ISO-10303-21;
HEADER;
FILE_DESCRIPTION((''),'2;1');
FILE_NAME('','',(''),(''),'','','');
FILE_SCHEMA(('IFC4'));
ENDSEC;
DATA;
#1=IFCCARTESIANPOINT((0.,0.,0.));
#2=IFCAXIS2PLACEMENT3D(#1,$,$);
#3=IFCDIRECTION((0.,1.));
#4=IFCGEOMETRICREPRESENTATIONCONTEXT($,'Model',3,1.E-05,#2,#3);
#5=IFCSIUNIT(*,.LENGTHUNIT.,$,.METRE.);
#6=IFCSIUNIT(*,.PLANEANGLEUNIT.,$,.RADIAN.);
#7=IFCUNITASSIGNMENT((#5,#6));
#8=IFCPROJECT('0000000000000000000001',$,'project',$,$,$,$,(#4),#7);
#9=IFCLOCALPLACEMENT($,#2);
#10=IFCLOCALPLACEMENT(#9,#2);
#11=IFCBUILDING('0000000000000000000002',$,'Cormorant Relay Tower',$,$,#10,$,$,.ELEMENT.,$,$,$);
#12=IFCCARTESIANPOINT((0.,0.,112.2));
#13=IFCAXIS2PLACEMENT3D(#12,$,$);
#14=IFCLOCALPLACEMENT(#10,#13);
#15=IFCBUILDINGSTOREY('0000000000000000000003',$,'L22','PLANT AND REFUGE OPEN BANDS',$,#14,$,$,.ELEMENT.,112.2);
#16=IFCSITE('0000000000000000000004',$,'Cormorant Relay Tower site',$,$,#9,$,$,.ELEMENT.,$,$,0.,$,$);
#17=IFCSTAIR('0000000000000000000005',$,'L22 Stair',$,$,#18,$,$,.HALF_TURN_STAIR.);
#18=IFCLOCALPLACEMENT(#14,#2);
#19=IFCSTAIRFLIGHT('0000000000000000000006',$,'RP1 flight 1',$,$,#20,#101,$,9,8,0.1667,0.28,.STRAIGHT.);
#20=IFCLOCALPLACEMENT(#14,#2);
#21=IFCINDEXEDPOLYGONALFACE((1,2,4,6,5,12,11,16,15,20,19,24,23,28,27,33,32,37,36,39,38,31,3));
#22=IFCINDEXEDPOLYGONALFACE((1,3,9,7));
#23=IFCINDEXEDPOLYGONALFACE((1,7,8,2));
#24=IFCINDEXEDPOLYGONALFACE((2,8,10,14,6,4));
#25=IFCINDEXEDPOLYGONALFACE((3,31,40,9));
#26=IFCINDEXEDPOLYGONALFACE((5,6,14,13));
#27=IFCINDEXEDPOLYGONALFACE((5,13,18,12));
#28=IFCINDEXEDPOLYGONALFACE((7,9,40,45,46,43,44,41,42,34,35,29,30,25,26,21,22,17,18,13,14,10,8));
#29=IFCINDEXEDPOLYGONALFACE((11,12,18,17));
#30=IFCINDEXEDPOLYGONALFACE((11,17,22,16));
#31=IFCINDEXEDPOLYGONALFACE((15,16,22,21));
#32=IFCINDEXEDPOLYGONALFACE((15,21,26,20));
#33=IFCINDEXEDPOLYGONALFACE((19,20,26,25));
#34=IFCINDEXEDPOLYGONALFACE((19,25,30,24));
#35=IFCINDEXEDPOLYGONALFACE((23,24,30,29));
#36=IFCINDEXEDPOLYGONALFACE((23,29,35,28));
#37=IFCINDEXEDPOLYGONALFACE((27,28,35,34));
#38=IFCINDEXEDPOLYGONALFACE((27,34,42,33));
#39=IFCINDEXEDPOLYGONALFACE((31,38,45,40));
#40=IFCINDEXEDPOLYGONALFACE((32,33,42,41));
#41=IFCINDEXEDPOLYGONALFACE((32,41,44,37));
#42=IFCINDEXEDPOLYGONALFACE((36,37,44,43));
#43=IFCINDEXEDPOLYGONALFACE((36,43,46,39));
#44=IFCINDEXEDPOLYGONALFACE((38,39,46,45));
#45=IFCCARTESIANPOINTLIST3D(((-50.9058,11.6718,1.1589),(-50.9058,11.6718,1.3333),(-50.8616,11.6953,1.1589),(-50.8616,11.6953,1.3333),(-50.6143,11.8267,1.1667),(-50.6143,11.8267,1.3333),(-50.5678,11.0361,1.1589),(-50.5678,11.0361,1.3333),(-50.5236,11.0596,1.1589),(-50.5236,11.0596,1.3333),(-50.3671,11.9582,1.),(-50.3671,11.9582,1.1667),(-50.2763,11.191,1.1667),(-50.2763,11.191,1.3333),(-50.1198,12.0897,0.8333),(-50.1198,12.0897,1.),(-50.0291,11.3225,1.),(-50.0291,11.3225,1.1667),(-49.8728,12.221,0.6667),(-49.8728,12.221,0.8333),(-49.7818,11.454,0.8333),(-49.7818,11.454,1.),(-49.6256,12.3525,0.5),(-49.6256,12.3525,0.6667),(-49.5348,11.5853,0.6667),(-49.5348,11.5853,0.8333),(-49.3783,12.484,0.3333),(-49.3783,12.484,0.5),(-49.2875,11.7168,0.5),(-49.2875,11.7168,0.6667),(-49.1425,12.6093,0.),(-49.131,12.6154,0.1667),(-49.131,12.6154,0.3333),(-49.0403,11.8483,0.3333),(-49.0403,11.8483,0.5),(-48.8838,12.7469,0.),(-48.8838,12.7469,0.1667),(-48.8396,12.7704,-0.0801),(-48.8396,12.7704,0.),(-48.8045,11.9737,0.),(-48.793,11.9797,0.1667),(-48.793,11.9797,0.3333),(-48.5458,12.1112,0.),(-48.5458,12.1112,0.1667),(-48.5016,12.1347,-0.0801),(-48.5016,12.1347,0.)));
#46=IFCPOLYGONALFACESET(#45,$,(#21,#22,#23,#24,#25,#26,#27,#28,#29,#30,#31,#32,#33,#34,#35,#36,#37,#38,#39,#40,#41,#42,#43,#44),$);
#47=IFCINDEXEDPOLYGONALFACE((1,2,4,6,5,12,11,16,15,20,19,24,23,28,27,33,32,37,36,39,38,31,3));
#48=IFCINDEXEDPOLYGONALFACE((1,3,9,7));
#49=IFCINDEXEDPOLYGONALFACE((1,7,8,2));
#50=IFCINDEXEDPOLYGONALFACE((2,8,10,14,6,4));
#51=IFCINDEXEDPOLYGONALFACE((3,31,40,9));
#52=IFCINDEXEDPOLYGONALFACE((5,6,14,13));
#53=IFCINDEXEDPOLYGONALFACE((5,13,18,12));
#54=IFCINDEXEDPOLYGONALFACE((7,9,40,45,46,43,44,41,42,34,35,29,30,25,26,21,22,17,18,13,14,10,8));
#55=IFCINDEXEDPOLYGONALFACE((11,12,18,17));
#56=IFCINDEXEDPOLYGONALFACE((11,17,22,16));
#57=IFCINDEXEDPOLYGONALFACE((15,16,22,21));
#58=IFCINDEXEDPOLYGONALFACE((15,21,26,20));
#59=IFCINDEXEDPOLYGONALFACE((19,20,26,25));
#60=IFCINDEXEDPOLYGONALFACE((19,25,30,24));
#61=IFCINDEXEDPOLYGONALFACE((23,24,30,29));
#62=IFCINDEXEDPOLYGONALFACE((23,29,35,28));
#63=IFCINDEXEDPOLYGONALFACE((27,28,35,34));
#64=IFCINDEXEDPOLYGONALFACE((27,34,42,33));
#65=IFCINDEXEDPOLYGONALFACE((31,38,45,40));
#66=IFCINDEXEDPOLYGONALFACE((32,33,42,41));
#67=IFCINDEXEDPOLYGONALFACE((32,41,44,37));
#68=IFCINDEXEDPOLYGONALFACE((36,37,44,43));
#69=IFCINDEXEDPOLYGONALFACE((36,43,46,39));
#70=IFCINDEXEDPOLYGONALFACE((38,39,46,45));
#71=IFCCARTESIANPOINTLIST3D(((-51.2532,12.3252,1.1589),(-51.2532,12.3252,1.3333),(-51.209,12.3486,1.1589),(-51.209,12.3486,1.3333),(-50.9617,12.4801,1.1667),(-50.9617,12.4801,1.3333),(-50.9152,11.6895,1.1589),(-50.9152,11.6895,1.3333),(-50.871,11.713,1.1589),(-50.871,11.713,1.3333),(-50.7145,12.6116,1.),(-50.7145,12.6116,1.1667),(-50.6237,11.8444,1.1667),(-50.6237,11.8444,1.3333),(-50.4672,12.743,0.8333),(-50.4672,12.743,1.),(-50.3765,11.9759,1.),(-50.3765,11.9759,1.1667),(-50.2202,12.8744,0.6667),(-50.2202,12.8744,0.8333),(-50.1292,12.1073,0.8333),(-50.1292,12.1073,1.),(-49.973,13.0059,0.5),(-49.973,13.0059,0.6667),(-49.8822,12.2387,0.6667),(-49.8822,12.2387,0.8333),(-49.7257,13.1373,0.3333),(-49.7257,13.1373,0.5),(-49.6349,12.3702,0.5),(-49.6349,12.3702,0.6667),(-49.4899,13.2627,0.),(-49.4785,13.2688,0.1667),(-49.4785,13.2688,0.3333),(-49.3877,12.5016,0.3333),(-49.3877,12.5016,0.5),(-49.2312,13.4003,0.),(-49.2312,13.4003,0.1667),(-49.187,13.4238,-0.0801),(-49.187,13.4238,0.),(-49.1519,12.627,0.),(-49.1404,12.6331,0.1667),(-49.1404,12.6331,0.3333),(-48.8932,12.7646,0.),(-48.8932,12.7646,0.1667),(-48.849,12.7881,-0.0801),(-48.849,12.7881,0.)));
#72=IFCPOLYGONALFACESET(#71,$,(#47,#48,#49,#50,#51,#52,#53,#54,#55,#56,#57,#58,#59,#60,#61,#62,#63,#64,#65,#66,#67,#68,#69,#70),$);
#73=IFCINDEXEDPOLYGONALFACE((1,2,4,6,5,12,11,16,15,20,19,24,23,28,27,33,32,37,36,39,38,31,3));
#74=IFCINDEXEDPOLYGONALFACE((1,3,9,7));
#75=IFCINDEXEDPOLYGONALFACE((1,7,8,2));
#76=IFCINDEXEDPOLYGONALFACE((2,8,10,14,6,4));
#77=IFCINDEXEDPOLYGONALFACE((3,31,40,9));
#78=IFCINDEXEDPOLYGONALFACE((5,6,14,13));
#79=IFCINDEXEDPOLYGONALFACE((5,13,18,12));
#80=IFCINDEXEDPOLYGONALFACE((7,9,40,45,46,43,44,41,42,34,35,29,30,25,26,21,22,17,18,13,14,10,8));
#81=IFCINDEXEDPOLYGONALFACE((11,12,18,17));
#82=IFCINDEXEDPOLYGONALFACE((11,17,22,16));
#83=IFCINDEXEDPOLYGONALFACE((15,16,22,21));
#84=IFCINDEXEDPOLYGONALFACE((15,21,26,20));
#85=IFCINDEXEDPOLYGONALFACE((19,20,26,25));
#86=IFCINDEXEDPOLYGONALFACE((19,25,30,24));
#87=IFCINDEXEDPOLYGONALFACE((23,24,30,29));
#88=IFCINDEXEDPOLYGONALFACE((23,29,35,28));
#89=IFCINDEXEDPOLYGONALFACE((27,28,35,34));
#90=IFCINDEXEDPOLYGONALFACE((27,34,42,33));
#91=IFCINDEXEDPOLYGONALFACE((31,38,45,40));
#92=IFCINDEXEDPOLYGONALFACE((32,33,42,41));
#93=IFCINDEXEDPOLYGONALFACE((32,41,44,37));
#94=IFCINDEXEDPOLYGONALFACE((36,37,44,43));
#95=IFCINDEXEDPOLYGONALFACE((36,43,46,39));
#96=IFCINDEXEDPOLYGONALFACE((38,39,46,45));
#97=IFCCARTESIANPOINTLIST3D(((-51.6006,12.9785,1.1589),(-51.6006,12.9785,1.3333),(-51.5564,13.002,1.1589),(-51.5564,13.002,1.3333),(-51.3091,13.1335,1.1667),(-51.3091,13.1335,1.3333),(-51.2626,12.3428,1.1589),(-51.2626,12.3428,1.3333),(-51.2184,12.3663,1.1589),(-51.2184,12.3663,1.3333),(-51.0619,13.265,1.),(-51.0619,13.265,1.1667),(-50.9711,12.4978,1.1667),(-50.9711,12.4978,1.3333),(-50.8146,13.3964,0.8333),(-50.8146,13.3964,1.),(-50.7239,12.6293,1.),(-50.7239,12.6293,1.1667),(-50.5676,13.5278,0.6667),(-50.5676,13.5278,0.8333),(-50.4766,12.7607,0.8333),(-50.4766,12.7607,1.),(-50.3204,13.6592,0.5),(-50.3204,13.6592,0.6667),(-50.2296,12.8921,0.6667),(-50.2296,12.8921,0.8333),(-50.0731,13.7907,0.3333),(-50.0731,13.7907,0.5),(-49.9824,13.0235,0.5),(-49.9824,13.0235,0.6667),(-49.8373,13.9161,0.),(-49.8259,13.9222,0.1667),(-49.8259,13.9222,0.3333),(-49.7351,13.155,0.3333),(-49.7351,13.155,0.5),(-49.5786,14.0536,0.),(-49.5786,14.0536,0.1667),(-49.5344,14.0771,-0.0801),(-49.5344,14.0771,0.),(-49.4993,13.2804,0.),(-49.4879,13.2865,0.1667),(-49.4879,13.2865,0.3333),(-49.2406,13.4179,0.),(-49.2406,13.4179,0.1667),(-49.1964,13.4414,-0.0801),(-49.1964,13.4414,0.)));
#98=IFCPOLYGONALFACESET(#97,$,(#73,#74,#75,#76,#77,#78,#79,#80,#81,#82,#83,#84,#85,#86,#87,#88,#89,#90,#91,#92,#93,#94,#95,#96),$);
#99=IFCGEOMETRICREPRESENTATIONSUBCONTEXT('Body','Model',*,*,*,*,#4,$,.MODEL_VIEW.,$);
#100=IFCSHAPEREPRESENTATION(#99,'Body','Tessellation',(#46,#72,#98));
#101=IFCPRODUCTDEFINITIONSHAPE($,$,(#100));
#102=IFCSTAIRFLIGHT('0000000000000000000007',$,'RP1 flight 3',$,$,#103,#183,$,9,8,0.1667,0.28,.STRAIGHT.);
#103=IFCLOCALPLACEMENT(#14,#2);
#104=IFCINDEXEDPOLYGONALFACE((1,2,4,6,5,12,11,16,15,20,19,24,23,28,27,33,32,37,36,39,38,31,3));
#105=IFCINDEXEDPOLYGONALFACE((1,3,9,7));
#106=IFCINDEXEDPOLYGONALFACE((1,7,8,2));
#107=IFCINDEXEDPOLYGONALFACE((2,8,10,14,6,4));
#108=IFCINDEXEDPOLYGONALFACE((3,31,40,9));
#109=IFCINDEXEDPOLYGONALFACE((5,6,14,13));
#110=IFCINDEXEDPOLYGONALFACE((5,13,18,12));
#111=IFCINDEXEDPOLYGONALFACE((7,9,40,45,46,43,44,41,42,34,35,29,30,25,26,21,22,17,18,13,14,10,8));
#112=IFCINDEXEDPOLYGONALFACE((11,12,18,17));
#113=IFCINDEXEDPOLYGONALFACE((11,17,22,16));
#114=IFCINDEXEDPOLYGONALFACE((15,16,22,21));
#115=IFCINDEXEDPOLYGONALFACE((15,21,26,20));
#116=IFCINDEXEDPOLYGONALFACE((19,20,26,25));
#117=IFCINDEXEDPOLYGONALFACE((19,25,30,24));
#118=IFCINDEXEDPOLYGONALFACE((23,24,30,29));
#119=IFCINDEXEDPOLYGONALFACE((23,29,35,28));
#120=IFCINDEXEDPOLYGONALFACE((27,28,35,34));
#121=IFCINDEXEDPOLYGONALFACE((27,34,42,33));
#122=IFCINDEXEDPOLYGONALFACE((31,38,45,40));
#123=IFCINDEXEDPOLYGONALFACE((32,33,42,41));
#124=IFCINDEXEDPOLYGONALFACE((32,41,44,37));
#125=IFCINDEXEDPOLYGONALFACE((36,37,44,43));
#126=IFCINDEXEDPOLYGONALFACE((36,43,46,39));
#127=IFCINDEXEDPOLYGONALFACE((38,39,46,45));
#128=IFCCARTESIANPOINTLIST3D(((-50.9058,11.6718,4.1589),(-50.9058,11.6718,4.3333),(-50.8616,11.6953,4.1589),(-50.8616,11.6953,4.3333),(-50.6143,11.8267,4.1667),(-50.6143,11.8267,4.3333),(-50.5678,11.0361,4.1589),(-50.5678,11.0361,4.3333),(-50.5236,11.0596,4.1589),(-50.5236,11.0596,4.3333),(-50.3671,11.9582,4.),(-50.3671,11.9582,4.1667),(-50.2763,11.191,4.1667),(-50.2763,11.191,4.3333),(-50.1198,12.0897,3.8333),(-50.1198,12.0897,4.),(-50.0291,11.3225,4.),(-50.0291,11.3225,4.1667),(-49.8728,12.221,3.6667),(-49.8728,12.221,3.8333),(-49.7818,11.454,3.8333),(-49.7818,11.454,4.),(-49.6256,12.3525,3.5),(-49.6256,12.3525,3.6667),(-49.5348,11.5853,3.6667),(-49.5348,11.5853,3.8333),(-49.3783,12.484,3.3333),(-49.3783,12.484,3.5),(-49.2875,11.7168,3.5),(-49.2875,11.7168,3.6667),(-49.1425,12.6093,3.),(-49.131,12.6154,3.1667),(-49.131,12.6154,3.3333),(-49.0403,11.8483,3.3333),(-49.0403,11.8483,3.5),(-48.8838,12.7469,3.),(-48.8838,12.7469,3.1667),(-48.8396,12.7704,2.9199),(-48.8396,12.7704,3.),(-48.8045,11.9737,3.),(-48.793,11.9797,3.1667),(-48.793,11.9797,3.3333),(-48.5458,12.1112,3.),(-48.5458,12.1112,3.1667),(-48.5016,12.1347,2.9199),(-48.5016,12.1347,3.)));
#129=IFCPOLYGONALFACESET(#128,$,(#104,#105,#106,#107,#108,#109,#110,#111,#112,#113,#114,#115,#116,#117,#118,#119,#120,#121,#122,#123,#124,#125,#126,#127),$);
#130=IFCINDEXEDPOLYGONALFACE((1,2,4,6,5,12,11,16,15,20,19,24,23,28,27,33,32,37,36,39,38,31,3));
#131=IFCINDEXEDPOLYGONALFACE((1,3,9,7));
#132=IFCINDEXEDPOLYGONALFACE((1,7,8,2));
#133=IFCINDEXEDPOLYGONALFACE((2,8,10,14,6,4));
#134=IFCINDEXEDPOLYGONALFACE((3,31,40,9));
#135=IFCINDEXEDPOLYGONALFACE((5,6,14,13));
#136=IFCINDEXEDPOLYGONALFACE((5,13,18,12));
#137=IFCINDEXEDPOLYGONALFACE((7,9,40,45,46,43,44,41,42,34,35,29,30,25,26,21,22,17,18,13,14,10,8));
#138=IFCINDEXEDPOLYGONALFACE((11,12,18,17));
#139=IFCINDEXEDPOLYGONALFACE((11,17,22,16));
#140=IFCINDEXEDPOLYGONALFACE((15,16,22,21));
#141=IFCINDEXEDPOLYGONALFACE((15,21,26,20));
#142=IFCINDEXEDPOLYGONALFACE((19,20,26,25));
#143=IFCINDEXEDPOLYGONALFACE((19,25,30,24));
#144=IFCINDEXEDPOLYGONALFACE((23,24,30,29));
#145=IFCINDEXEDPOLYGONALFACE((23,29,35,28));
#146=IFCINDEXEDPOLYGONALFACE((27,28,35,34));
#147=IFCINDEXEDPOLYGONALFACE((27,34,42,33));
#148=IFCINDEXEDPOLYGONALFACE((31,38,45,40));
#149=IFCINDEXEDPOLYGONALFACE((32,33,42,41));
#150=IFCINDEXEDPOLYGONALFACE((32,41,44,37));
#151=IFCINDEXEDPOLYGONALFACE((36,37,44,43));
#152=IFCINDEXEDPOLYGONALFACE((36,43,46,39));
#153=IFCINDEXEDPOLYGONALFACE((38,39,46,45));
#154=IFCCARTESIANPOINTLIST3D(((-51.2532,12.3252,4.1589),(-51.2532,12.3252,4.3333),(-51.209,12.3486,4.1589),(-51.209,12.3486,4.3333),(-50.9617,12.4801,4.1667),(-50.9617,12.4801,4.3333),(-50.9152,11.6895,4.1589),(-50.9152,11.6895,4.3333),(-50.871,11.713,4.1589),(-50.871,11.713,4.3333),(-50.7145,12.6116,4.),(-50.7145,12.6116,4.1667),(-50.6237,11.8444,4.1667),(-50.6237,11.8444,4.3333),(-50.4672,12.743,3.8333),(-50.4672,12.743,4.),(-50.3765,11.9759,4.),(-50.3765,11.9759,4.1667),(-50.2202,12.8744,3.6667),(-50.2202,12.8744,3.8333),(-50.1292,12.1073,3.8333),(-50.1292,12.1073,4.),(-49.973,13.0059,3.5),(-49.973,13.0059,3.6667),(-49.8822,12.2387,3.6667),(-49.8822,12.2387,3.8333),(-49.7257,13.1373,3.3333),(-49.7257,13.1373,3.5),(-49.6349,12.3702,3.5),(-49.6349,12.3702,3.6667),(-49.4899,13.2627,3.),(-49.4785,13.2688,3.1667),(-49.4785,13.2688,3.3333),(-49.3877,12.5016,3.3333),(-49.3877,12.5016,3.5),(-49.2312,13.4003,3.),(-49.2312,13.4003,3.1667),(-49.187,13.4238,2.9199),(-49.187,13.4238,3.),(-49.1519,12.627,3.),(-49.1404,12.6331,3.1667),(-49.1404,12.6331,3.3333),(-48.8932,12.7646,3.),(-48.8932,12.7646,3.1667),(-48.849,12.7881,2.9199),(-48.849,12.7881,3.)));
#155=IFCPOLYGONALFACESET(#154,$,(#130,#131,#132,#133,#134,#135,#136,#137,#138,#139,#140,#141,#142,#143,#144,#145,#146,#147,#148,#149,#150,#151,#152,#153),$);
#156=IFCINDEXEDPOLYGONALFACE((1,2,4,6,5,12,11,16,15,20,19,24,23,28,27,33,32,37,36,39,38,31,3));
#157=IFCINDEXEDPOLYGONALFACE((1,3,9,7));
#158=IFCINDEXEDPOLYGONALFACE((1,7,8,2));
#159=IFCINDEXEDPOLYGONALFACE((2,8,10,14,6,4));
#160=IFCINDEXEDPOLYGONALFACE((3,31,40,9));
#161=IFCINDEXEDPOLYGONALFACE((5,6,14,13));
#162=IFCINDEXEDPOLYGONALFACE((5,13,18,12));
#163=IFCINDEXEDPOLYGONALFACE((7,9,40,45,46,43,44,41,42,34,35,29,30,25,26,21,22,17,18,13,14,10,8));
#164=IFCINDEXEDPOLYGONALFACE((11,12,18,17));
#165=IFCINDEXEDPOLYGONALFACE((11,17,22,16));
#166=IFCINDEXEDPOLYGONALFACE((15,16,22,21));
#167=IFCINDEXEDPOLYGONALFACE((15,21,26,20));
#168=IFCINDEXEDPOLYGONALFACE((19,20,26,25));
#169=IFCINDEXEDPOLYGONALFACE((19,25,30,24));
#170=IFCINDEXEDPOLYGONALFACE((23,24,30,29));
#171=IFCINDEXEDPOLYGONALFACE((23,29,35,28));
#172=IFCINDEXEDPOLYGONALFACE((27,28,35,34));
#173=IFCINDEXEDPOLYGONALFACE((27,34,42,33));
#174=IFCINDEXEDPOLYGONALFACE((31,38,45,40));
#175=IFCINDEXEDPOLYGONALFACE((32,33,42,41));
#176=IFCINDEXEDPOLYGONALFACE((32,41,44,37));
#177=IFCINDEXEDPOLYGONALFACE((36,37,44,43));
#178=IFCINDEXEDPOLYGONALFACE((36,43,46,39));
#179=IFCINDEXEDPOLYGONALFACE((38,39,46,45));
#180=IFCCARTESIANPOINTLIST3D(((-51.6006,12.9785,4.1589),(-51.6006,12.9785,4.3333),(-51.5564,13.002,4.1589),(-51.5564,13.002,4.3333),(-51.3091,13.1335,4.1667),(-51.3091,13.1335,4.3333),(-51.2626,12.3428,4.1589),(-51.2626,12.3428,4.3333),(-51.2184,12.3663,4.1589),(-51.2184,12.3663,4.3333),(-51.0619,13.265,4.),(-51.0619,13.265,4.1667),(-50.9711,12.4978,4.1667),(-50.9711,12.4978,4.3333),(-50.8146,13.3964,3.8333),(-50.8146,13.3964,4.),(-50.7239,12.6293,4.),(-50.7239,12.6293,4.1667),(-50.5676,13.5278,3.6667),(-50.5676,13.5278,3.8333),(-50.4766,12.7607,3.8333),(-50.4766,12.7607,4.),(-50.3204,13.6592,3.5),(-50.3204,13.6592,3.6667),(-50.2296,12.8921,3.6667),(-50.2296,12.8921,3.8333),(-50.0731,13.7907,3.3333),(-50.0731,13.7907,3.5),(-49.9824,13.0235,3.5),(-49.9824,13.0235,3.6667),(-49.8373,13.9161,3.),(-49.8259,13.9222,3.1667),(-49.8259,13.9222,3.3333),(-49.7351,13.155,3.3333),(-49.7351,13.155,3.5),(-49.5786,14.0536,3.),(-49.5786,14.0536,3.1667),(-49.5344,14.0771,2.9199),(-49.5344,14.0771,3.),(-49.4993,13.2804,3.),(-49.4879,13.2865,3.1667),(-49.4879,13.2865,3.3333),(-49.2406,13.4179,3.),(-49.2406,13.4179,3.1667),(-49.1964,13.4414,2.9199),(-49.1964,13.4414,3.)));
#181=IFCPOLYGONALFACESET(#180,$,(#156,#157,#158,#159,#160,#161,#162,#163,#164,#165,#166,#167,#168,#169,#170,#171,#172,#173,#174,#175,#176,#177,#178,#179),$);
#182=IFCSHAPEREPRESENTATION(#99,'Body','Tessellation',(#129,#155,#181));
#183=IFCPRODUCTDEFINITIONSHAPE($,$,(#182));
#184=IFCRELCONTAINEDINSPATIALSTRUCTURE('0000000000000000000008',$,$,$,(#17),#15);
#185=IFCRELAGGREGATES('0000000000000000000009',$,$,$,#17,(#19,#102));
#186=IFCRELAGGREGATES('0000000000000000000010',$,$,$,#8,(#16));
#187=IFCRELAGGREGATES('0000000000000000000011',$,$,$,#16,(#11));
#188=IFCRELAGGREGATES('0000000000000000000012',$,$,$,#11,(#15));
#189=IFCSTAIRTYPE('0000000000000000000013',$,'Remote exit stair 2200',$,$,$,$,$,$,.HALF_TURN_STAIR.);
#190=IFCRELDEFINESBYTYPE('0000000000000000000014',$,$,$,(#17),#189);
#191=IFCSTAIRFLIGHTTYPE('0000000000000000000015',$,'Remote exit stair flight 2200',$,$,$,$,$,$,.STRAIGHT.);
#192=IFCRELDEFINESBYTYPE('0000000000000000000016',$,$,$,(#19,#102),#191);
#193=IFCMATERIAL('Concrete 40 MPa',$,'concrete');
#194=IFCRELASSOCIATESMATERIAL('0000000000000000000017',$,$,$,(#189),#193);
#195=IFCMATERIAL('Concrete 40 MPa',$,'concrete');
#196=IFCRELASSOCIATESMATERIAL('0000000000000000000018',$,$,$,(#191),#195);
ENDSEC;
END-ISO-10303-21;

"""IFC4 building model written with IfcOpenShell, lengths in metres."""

from ifc_helpers import new_model, si_unit, direction, frame, origin, place, context, subcontext, project, spatial, polyline, outline, extrude, material, type_object, element, aggregate, save


model = new_model("IFC4")

# Units and contexts
model_context = context("Model", 3, precision=1e-05, world=origin(), true_north=direction((0.0, 1.0)))
body_context = subcontext(model_context, "Body", "Model", "MODEL_VIEW")
ifc_project = project(units=[si_unit("LENGTHUNIT", "METRE"), si_unit("PLANEANGLEUNIT", "RADIAN")], contexts=[model_context])

# Site, building, storey
site_placement = place(None, origin())
site = spatial("IfcSite", under=ifc_project, at=site_placement, Name="Cormorant Relay Tower site", CompositionType="ELEMENT", RefElevation=0.0)
building_placement = place(site_placement, origin())
building = spatial("IfcBuilding", under=site, at=building_placement, Name="Cormorant Relay Tower", CompositionType="ELEMENT")
storey_placement = place(building_placement, frame((0.0, 0.0, 112.2)))
storey = spatial("IfcBuildingStorey", under=building, at=storey_placement, Name="L22", Description="PLANT AND REFUGE OPEN BANDS", CompositionType="ELEMENT", Elevation=112.2)

# Stair, stair flights
ifc_material_1 = material(Name="Concrete 40 MPa", Category="concrete")
stair_type = type_object("IfcStairType", Name="Remote exit stair 2200", PredefinedType="HALF_TURN_STAIR", material=ifc_material_1)
stair_placement = place(storey_placement, origin())
stair = element("IfcStair", 1, at=stair_placement, inside=storey, type_object=stair_type, Name="L22 Stair", PredefinedType="HALF_TURN_STAIR")
ifc_material_2 = material(Name="Concrete 40 MPa", Category="concrete")
stair_flight_type = type_object("IfcStairFlightType", Name="Remote exit stair flight 2200", PredefinedType="STRAIGHT", material=ifc_material_2)
stair_flight_1_placement = place(storey_placement, frame((-49.0623, 13.0825, 0.0), z_axis=(0.0, 0.0, 1.0), x_axis=(-0.882948, -0.469472, 0.0)))
stair_flight_1 = element("IfcStairFlight", 2, at=stair_flight_1_placement, type_object=stair_flight_type, Name="RP1 flight 1", NumberOfRisers=9, NumberOfTreads=8, PredefinedType="STRAIGHT", RiserHeight=0.1667, TreadLength=0.28, context=body_context, shape_type="SweptSolid", body=[
    extrude(outline(polyline([(-0.05, -0.0801), (-0.05, 0.0), (0.0, 0.0), (0.0, 0.1667), (0.28, 0.1667), (0.28, 0.3333), (0.5601, 0.3333), (0.5601, 0.5), (0.8401, 0.5), (0.8401, 0.6667), (1.1201, 0.6667), (1.1201, 0.8333), (1.3999, 0.8333), (1.3999, 1.0), (1.6799, 1.0), (1.6799, 1.1667), (1.96, 1.1667), (1.96, 1.3333), (2.24, 1.3333), (2.29, 1.3333), (2.29, 1.1589), (2.24, 1.1589), (0.293, 0.0), (-0.05, -0.0801)])), frame((0.0, 1.1001, 0.0), z_axis=(0.0, -1.0, 0.0), x_axis=(1.0, 0.0, 0.0)), (0.0, 0.0, 1.0), 0.72),
    extrude(outline(polyline([(-0.05, -0.0801), (-0.05, 0.0), (0.0, 0.0), (0.0, 0.1667), (0.28, 0.1667), (0.28, 0.3333), (0.5601, 0.3333), (0.5601, 0.5), (0.8401, 0.5), (0.8401, 0.6667), (1.1201, 0.6667), (1.1201, 0.8333), (1.3999, 0.8333), (1.3999, 1.0), (1.6799, 1.0), (1.6799, 1.1667), (1.96, 1.1667), (1.96, 1.3333), (2.24, 1.3333), (2.29, 1.3333), (2.29, 1.1589), (2.24, 1.1589), (0.293, 0.0), (-0.05, -0.0801)])), frame((0.0, 0.3601, 0.0), z_axis=(0.0, -1.0, 0.0), x_axis=(1.0, 0.0, 0.0)), (0.0, 0.0, 1.0), 0.72),
    extrude(outline(polyline([(-0.05, -0.0801), (-0.05, 0.0), (0.0, 0.0), (0.0, 0.1667), (0.28, 0.1667), (0.28, 0.3333), (0.5601, 0.3333), (0.5601, 0.5), (0.8401, 0.5), (0.8401, 0.6667), (1.1201, 0.6667), (1.1201, 0.8333), (1.3999, 0.8333), (1.3999, 1.0), (1.6799, 1.0), (1.6799, 1.1667), (1.96, 1.1667), (1.96, 1.3333), (2.24, 1.3333), (2.29, 1.3333), (2.29, 1.1589), (2.24, 1.1589), (0.293, 0.0), (-0.05, -0.0801)])), frame((0.0, -0.3799, 0.0), z_axis=(0.0, -1.0, 0.0), x_axis=(1.0, 0.0, 0.0)), (0.0, 0.0, 1.0), 0.72),
])
stair_flight_2_placement = place(storey_placement, frame((-49.0623, 13.0825, 3.0), z_axis=(0.0, 0.0, 1.0), x_axis=(-0.882948, -0.469472, 0.0)))
stair_flight_2 = element("IfcStairFlight", 3, at=stair_flight_2_placement, type_object=stair_flight_type, Name="RP1 flight 3", NumberOfRisers=9, NumberOfTreads=8, PredefinedType="STRAIGHT", RiserHeight=0.1667, TreadLength=0.28, context=body_context, shape_type="SweptSolid", body=[
    extrude(outline(polyline([(-0.05, -0.0801), (-0.05, 0.0), (0.0, 0.0), (0.0, 0.1667), (0.28, 0.1667), (0.28, 0.3333), (0.5601, 0.3333), (0.5601, 0.5), (0.8401, 0.5), (0.8401, 0.6667), (1.1201, 0.6667), (1.1201, 0.8333), (1.3999, 0.8333), (1.3999, 1.0), (1.6799, 1.0), (1.6799, 1.1667), (1.96, 1.1667), (1.96, 1.3333), (2.24, 1.3333), (2.29, 1.3333), (2.29, 1.1589), (2.24, 1.1589), (0.293, 0.0), (-0.05, -0.0801)])), frame((0.0, 1.1001, 0.0), z_axis=(0.0, -1.0, 0.0), x_axis=(1.0, 0.0, 0.0)), (0.0, 0.0, 1.0), 0.72),
    extrude(outline(polyline([(-0.05, -0.0801), (-0.05, 0.0), (0.0, 0.0), (0.0, 0.1667), (0.28, 0.1667), (0.28, 0.3333), (0.5601, 0.3333), (0.5601, 0.5), (0.8401, 0.5), (0.8401, 0.6667), (1.1201, 0.6667), (1.1201, 0.8333), (1.3999, 0.8333), (1.3999, 1.0), (1.6799, 1.0), (1.6799, 1.1667), (1.96, 1.1667), (1.96, 1.3333), (2.24, 1.3333), (2.29, 1.3333), (2.29, 1.1589), (2.24, 1.1589), (0.293, 0.0), (-0.05, -0.0801)])), frame((0.0, 0.3601, 0.0), z_axis=(0.0, -1.0, 0.0), x_axis=(1.0, 0.0, 0.0)), (0.0, 0.0, 1.0), 0.72),
    extrude(outline(polyline([(-0.05, -0.0801), (-0.05, 0.0), (0.0, 0.0), (0.0, 0.1667), (0.28, 0.1667), (0.28, 0.3333), (0.5601, 0.3333), (0.5601, 0.5), (0.8401, 0.5), (0.8401, 0.6667), (1.1201, 0.6667), (1.1201, 0.8333), (1.3999, 0.8333), (1.3999, 1.0), (1.6799, 1.0), (1.6799, 1.1667), (1.96, 1.1667), (1.96, 1.3333), (2.24, 1.3333), (2.29, 1.3333), (2.29, 1.1589), (2.24, 1.1589), (0.293, 0.0), (-0.05, -0.0801)])), frame((0.0, -0.3799, 0.0), z_axis=(0.0, -1.0, 0.0), x_axis=(1.0, 0.0, 0.0)), (0.0, 0.0, 1.0), 0.72),
])
aggregate(stair, [stair_flight_1, stair_flight_2])

save(model, "model.ifc")
